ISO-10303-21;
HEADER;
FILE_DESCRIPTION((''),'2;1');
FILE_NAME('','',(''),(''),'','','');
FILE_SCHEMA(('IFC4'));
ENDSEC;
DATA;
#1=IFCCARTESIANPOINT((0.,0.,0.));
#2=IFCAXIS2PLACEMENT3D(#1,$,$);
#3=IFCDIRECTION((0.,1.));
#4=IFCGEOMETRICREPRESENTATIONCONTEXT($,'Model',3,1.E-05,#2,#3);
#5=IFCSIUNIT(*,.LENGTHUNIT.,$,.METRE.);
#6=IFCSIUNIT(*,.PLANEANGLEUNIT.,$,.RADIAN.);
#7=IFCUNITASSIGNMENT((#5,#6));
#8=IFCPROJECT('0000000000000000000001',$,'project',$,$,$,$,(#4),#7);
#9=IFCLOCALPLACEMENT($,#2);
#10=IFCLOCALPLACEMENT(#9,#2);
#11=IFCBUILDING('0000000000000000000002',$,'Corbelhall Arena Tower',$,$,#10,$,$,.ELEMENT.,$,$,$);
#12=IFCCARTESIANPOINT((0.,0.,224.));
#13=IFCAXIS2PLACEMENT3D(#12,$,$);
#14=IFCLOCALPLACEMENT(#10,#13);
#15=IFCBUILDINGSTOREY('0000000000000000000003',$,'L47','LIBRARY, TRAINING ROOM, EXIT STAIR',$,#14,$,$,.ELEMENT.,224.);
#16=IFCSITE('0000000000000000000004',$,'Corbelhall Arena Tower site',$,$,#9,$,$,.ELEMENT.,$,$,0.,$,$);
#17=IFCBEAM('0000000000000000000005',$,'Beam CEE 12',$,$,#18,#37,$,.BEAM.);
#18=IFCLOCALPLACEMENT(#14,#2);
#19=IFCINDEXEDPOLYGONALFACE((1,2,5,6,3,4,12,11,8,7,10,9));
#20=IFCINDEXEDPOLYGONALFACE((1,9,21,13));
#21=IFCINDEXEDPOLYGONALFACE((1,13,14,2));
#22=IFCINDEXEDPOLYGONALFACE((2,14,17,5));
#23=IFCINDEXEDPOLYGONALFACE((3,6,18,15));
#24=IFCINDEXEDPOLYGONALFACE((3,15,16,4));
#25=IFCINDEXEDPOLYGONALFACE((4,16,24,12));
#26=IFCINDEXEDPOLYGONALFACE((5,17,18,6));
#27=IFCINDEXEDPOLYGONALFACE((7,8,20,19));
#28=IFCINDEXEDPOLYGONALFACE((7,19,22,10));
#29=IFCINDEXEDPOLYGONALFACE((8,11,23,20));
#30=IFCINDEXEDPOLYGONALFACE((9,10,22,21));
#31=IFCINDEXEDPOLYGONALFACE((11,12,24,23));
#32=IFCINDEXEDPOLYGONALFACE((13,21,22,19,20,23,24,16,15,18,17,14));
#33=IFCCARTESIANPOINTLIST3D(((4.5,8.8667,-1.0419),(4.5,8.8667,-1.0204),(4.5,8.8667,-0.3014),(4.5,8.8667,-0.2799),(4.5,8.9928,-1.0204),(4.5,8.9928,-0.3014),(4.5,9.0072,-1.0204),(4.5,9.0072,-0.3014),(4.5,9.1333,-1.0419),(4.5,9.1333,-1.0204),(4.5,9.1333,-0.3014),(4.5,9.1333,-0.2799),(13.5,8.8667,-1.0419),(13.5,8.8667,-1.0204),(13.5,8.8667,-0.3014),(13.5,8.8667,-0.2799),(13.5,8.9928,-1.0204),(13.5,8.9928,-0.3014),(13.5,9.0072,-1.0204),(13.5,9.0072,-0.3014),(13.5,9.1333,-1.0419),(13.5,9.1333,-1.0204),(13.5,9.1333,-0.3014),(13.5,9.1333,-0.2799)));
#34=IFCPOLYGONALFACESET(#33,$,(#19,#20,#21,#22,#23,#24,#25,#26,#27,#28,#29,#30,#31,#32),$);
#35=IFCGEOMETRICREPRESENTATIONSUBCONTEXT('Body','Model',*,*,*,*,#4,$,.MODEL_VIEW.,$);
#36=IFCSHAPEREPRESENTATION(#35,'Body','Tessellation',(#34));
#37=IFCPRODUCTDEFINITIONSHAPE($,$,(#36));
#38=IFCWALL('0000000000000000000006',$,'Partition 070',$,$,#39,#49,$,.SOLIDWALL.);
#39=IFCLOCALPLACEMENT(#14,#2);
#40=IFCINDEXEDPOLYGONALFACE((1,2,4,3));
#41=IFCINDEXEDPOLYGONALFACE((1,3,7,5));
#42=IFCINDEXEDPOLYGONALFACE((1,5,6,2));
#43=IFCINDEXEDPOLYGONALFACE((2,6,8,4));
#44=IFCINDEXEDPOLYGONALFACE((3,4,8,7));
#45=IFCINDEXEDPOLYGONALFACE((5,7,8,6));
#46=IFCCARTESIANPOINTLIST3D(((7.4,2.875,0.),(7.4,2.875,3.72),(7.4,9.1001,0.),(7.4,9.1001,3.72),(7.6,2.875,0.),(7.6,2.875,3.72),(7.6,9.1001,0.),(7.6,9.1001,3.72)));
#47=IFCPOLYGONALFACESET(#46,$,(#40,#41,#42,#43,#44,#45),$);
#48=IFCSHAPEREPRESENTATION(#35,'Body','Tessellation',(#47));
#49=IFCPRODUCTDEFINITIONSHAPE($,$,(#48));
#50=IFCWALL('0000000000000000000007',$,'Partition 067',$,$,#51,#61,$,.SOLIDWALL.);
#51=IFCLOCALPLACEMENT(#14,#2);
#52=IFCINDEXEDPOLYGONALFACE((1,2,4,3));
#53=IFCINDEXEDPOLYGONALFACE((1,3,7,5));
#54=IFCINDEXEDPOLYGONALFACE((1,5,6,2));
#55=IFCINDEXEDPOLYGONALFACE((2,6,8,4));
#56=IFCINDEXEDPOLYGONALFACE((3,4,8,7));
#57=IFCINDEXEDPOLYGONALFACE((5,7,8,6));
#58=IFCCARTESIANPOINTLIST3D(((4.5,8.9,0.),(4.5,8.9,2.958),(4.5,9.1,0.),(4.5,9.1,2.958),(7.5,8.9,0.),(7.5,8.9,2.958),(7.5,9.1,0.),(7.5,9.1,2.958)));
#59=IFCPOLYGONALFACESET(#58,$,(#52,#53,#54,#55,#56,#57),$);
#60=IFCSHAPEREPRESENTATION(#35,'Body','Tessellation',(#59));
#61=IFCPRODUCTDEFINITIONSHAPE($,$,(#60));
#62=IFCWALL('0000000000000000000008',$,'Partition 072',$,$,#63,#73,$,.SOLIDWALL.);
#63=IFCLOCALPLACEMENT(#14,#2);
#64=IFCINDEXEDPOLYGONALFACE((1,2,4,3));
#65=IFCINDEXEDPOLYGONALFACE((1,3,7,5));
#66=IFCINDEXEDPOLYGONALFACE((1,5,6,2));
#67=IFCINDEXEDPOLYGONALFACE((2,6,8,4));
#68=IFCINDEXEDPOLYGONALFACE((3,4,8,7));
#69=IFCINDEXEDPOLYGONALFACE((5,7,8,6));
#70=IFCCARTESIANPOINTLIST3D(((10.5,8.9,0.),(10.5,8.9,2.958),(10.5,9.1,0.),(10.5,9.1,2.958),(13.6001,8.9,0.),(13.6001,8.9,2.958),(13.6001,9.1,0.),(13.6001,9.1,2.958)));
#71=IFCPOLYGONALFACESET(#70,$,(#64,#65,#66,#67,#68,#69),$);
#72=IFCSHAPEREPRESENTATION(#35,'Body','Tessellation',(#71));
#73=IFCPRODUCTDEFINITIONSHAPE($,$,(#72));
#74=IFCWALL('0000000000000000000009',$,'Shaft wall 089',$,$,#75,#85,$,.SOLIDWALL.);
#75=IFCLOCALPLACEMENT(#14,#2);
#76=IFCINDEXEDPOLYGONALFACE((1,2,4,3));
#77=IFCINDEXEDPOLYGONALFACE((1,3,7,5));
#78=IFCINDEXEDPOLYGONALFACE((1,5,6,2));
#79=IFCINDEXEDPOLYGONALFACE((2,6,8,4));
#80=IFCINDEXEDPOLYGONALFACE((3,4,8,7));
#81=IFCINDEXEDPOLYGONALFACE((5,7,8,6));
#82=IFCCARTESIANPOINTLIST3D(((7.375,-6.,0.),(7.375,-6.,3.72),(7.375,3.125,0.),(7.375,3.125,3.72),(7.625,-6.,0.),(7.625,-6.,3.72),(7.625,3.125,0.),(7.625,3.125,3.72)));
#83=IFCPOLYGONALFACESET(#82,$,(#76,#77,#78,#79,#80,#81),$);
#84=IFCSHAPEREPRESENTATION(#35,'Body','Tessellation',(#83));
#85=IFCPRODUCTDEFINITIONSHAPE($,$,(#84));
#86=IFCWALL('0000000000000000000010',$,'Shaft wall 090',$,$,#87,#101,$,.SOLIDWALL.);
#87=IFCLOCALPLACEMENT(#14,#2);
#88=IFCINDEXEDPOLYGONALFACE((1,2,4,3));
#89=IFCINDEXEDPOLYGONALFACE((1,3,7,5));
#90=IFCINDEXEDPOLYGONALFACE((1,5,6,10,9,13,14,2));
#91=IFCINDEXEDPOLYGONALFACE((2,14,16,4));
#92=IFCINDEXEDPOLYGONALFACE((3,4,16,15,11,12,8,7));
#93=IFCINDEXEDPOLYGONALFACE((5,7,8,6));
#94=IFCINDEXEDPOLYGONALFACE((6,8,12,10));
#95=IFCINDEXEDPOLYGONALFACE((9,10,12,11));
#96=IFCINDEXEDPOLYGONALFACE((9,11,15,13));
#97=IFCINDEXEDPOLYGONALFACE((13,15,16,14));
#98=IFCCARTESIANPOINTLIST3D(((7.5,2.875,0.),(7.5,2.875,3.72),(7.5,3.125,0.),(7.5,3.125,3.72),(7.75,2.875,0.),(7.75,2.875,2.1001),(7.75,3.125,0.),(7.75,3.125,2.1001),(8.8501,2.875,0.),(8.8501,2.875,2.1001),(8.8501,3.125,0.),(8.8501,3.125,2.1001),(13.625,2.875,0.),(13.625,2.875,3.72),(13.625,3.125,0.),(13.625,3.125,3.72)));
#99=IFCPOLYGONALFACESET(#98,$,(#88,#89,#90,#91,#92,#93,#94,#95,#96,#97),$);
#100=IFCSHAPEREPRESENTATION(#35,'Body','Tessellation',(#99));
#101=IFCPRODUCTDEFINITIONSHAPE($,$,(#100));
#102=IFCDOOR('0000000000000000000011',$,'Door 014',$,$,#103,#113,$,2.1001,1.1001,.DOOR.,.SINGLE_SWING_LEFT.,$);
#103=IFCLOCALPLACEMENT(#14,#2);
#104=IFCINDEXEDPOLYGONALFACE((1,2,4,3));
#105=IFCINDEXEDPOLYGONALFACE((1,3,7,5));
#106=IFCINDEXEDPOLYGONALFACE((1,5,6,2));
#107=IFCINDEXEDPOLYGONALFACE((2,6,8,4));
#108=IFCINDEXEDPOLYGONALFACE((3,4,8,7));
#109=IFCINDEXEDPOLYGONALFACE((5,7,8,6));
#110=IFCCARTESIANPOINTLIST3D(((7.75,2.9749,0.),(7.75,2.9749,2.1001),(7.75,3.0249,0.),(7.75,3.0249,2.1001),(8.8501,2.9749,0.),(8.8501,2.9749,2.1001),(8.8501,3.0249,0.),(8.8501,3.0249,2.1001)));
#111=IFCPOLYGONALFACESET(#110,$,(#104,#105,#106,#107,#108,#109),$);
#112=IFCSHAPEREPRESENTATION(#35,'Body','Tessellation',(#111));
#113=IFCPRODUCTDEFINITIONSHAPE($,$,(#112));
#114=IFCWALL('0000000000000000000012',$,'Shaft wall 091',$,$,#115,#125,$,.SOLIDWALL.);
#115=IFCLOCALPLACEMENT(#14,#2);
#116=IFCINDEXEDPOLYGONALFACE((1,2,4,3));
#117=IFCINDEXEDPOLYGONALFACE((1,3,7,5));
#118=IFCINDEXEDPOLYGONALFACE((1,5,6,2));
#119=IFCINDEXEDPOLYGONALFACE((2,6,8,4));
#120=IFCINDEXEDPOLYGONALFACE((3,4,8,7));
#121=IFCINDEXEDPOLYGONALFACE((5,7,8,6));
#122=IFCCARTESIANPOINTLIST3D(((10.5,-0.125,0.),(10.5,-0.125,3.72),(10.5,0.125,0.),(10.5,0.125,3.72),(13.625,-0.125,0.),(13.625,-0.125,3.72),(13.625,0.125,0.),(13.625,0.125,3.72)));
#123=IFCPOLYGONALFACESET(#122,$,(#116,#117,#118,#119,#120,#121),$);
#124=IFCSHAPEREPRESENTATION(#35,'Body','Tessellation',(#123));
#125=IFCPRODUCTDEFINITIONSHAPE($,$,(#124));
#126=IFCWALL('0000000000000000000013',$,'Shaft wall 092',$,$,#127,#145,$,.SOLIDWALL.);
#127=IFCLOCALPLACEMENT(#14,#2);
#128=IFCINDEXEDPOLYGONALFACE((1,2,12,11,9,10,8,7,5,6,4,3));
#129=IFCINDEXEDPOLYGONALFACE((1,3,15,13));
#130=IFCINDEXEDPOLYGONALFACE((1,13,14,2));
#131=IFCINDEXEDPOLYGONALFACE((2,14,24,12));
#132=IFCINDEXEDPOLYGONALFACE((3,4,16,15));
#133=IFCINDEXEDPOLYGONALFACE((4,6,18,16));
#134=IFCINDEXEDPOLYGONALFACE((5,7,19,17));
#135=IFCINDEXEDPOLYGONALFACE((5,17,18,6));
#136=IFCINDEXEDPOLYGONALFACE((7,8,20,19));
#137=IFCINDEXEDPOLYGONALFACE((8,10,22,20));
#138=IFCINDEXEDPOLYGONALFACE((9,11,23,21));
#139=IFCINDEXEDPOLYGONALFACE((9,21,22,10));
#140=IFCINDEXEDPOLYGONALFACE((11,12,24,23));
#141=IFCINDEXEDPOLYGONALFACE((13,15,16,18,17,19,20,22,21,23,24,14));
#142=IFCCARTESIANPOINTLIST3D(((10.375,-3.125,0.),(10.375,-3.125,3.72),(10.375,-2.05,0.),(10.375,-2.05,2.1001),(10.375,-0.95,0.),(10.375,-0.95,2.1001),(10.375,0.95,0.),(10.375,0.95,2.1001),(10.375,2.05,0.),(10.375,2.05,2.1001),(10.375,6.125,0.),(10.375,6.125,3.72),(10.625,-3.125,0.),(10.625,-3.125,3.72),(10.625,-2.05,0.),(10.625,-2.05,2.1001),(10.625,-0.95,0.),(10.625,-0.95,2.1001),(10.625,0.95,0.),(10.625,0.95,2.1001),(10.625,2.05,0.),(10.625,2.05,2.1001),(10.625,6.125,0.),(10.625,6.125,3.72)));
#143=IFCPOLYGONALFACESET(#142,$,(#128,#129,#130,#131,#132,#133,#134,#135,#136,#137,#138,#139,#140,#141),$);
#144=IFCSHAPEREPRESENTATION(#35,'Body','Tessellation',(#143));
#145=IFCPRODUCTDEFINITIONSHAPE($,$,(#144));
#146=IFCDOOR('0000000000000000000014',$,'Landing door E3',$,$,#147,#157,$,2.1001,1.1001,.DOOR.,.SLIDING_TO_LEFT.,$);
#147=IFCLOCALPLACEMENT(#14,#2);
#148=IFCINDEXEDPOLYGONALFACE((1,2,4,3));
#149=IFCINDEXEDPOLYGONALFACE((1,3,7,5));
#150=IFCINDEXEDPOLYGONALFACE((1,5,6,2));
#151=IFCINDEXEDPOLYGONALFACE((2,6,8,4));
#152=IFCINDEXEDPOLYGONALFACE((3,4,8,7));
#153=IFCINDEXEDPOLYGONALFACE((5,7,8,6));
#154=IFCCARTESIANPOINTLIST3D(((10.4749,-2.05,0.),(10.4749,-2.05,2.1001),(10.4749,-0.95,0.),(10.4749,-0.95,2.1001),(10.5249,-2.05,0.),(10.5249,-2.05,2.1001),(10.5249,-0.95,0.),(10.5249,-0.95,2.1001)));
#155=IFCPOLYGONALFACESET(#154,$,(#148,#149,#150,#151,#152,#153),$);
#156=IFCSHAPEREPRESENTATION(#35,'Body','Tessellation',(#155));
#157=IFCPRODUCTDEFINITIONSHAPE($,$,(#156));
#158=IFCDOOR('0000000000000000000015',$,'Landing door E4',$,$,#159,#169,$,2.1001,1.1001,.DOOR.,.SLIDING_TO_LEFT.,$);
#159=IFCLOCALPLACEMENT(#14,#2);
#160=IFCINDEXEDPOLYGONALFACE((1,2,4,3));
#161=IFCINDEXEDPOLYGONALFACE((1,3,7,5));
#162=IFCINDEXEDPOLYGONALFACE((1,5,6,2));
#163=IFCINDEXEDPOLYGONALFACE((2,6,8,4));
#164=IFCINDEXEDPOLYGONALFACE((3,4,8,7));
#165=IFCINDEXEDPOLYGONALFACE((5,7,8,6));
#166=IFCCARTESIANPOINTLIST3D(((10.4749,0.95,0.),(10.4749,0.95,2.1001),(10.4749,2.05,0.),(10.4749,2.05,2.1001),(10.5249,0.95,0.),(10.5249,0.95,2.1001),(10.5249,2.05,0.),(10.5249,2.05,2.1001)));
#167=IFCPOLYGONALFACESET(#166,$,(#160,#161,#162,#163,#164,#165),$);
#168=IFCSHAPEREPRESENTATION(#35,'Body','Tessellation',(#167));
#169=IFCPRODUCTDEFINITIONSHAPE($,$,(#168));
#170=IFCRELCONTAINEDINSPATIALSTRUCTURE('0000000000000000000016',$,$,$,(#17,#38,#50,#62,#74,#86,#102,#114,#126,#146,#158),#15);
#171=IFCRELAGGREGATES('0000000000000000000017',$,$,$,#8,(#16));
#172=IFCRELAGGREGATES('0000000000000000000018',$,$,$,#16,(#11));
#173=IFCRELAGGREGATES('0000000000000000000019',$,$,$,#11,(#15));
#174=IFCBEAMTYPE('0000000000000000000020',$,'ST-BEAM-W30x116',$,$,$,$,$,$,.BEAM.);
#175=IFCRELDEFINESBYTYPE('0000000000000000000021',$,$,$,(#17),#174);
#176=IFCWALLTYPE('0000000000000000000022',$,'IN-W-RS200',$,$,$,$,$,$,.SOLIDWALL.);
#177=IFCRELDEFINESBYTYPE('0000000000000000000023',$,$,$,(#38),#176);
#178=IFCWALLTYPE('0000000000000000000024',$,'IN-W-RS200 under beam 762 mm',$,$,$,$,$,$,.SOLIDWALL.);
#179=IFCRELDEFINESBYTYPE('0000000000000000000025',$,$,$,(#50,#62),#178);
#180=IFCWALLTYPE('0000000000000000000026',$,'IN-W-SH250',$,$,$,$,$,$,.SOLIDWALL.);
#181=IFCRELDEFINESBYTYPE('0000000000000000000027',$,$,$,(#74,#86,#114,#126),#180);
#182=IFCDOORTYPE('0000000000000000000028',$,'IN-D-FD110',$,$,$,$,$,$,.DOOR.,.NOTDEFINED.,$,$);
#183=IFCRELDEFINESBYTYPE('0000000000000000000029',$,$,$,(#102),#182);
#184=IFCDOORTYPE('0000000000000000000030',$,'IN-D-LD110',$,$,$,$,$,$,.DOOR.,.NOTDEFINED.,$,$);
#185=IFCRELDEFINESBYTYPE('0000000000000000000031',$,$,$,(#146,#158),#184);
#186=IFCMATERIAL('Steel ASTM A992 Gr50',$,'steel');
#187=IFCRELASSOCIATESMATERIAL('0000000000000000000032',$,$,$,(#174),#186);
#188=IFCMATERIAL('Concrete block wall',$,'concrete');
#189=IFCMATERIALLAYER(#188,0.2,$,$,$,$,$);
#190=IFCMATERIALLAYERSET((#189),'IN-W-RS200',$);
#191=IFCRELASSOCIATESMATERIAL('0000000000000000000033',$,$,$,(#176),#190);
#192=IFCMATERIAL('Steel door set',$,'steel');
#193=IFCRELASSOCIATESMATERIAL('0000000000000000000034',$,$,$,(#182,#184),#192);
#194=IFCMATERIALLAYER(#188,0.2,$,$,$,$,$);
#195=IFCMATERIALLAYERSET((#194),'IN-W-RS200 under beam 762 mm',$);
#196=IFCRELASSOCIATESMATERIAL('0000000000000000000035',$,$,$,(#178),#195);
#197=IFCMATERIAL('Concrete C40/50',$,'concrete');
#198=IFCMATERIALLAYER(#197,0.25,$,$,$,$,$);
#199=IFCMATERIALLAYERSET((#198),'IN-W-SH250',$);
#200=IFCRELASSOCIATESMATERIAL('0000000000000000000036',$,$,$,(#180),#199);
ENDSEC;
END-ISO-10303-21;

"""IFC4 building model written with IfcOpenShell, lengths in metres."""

from ifc_helpers import new_model, si_unit, direction, frame, frame_2d, origin, origin_2d, place, context, subcontext, project, spatial, rectangle, i_section, extrude, material, layer, layer_set, material_profile, profile_set, type_object, element, fill, save


model = new_model("IFC4")

# Units and contexts
model_context = context("Model", 3, precision=1e-05, world=origin(), true_north=direction((0.0, 1.0)))
body_context = subcontext(model_context, "Body", "Model", "MODEL_VIEW")
ifc_project = project(units=[si_unit("LENGTHUNIT", "METRE"), si_unit("PLANEANGLEUNIT", "RADIAN")], contexts=[model_context])

# Site, building, storey
site_placement = place(None, origin())
site = spatial("IfcSite", under=ifc_project, at=site_placement, Name="Corbelhall Arena Tower site", CompositionType="ELEMENT", RefElevation=0.0)
building_placement = place(site_placement, origin())
building = spatial("IfcBuilding", under=site, at=building_placement, Name="Corbelhall Arena Tower", CompositionType="ELEMENT")
storey_placement = place(building_placement, frame((0.0, 0.0, 224.0)))
storey = spatial("IfcBuildingStorey", under=building, at=storey_placement, Name="L47", Description="LIBRARY, TRAINING ROOM, EXIT STAIR", CompositionType="ELEMENT", Elevation=224.0)

# Beam
ifc_material_1 = material(Name="Steel ASTM A992 Gr50", Category="steel")
ifc_material_profile = material_profile(ifc_material_1, i_section(OverallWidth=0.2666, OverallDepth=0.762, WebThickness=0.0144, FlangeThickness=0.0215, at=origin_2d()))
ifc_profile_set = profile_set([ifc_material_profile], Name="Steel ASTM A992 Gr50")
beam_type = type_object("IfcBeamType", Name="ST-BEAM-W30x116", PredefinedType="BEAM", material=ifc_profile_set)
beam_placement = place(storey_placement, frame((4.5, 9.0, -0.6609), z_axis=(1.0, 0.0, 0.0), x_axis=(0.0, 1.0, 0.0)))
element("IfcBeam", 1, at=beam_placement, inside=storey, type_object=beam_type, Name="Beam CEE 12", PredefinedType="BEAM", context=body_context, shape_type="SweptSolid", body=[
    extrude(i_section(OverallWidth=0.2666, OverallDepth=0.762, WebThickness=0.0144, FlangeThickness=0.0215, at=origin_2d()), origin(), (0.0, 0.0, 1.0), 9.0),
])

# Wall
ifc_material_2 = material(Name="Concrete block wall", Category="concrete")
ifc_layer_1 = layer(ifc_material_2, 0.2)
ifc_layer_set_1 = layer_set([ifc_layer_1], Name="IN-W-RS200")
wall_type_1 = type_object("IfcWallType", Name="IN-W-RS200", PredefinedType="SOLIDWALL", material=ifc_layer_set_1)
wall_1_placement = place(storey_placement, frame((7.5, 9.1001, 0.0), z_axis=(0.0, 0.0, 1.0), x_axis=(0.0, -1.0, 0.0)))
element("IfcWall", 2, at=wall_1_placement, inside=storey, type_object=wall_type_1, Name="Partition 070", PredefinedType="SOLIDWALL", context=body_context, shape_type="SweptSolid", body=[
    extrude(rectangle(XDim=6.2251, YDim=0.2, at=frame_2d((3.1125, 0.0))), origin(), (0.0, 0.0, 1.0), 3.72),
])

# Shared definitions
ifc_material_3 = material(Name="Steel door set", Category="steel")
door_type_1 = type_object("IfcDoorType", Name="IN-D-FD110", OperationType="NOTDEFINED", PredefinedType="DOOR", material=ifc_material_3)

# Walls
ifc_layer_2 = layer(ifc_material_2, 0.2)
ifc_layer_set_2 = layer_set([ifc_layer_2], Name="IN-W-RS200 under beam 762 mm")
wall_type_2 = type_object("IfcWallType", Name="IN-W-RS200 under beam 762 mm", PredefinedType="SOLIDWALL", material=ifc_layer_set_2)
wall_2_placement = place(storey_placement, frame((4.5, 9.0, 0.0), z_axis=(0.0, 0.0, 1.0), x_axis=(1.0, 0.0, 0.0)))
element("IfcWall", 3, at=wall_2_placement, inside=storey, type_object=wall_type_2, Name="Partition 067", PredefinedType="SOLIDWALL", context=body_context, shape_type="SweptSolid", body=[
    extrude(rectangle(XDim=3.0, YDim=0.2, at=frame_2d((1.5, 0.0))), origin(), (0.0, 0.0, 1.0), 2.958),
])
wall_3_placement = place(storey_placement, frame((10.5, 9.0, 0.0), z_axis=(0.0, 0.0, 1.0), x_axis=(1.0, 0.0, 0.0)))
element("IfcWall", 4, at=wall_3_placement, inside=storey, type_object=wall_type_2, Name="Partition 072", PredefinedType="SOLIDWALL", context=body_context, shape_type="SweptSolid", body=[
    extrude(rectangle(XDim=3.1001, YDim=0.2, at=frame_2d((1.55, 0.0))), origin(), (0.0, 0.0, 1.0), 2.958),
])
ifc_material_4 = material(Name="Concrete C40/50", Category="concrete")
ifc_layer_3 = layer(ifc_material_4, 0.25)
ifc_layer_set_3 = layer_set([ifc_layer_3], Name="IN-W-SH250")
wall_type_3 = type_object("IfcWallType", Name="IN-W-SH250", PredefinedType="SOLIDWALL", material=ifc_layer_set_3)
wall_4_placement = place(storey_placement, frame((7.5, 3.125, 0.0), z_axis=(0.0, 0.0, 1.0), x_axis=(0.0, -1.0, 0.0)))
element("IfcWall", 5, at=wall_4_placement, inside=storey, type_object=wall_type_3, Name="Shaft wall 089", PredefinedType="SOLIDWALL", context=body_context, shape_type="SweptSolid", body=[
    extrude(rectangle(XDim=9.125, YDim=0.25, at=frame_2d((4.5625, 0.0))), origin(), (0.0, 0.0, 1.0), 3.72),
])

# Wall, opening, door
wall_5_placement = place(storey_placement, frame((7.5, 3.0, 0.0), z_axis=(0.0, 0.0, 1.0), x_axis=(1.0, 0.0, 0.0)))
wall_5 = element("IfcWall", 6, at=wall_5_placement, inside=storey, type_object=wall_type_3, Name="Shaft wall 090", PredefinedType="SOLIDWALL", context=body_context, shape_type="SweptSolid", body=[
    extrude(rectangle(XDim=6.125, YDim=0.25, at=frame_2d((3.0625, 0.0))), origin(), (0.0, 0.0, 1.0), 3.72),
])
opening_1_placement = place(wall_5_placement, frame((0.25, 0.0, 0.0)))
opening_1 = element("IfcOpeningElement", 7, at=opening_1_placement, cuts=wall_5, PredefinedType="OPENING", context=body_context, shape_type="SweptSolid", body=[
    extrude(rectangle(XDim=1.1001, YDim=2.1001, at=frame_2d((0.55, 1.05))), frame((0.0, 0.125, 0.0), z_axis=(0.0, -1.0, 0.0), x_axis=(1.0, 0.0, 0.0)), (0.0, 0.0, 1.0), 0.25),
])
door_1_placement = place(opening_1_placement, origin())
door_1 = element("IfcDoor", 8, at=door_1_placement, inside=storey, type_object=door_type_1, Name="Door 014", OperationType="SINGLE_SWING_LEFT", OverallHeight=2.1001, OverallWidth=1.1001, PredefinedType="DOOR", context=body_context, shape_type="SweptSolid", body=[
    extrude(rectangle(XDim=1.1001, YDim=2.1001, at=frame_2d((0.55, 1.05))), frame((0.0, 0.0249, 0.0), z_axis=(0.0, -1.0, 0.0), x_axis=(1.0, 0.0, 0.0)), (0.0, 0.0, 1.0), 0.05),
])
fill(opening_1, door_1)

# Wall
wall_6_placement = place(storey_placement, frame((10.5, 0.0, 0.0), z_axis=(0.0, 0.0, 1.0), x_axis=(1.0, 0.0, 0.0)))
element("IfcWall", 9, at=wall_6_placement, inside=storey, type_object=wall_type_3, Name="Shaft wall 091", PredefinedType="SOLIDWALL", context=body_context, shape_type="SweptSolid", body=[
    extrude(rectangle(XDim=3.125, YDim=0.25, at=frame_2d((1.5625, 0.0))), origin(), (0.0, 0.0, 1.0), 3.72),
])

# Wall, openings, doors
wall_7_placement = place(storey_placement, frame((10.5, 6.125, 0.0), z_axis=(0.0, 0.0, 1.0), x_axis=(0.0, -1.0, 0.0)))
wall_7 = element("IfcWall", 10, at=wall_7_placement, inside=storey, type_object=wall_type_3, Name="Shaft wall 092", PredefinedType="SOLIDWALL", context=body_context, shape_type="SweptSolid", body=[
    extrude(rectangle(XDim=9.25, YDim=0.25, at=frame_2d((4.625, 0.0))), origin(), (0.0, 0.0, 1.0), 3.72),
])
opening_2_placement = place(wall_7_placement, frame((7.075, 0.0, 0.0)))
opening_2 = element("IfcOpeningElement", 11, at=opening_2_placement, cuts=wall_7, PredefinedType="OPENING", context=body_context, shape_type="SweptSolid", body=[
    extrude(rectangle(XDim=1.1001, YDim=2.1001, at=frame_2d((0.55, 1.05))), frame((0.0, 0.125, 0.0), z_axis=(0.0, -1.0, 0.0), x_axis=(1.0, 0.0, 0.0)), (0.0, 0.0, 1.0), 0.25),
])
opening_3_placement = place(wall_7_placement, frame((4.075, 0.0, 0.0)))
opening_3 = element("IfcOpeningElement", 12, at=opening_3_placement, cuts=wall_7, PredefinedType="OPENING", context=body_context, shape_type="SweptSolid", body=[
    extrude(rectangle(XDim=1.1001, YDim=2.1001, at=frame_2d((0.55, 1.05))), frame((0.0, 0.125, 0.0), z_axis=(0.0, -1.0, 0.0), x_axis=(1.0, 0.0, 0.0)), (0.0, 0.0, 1.0), 0.25),
])
door_type_2 = type_object("IfcDoorType", Name="IN-D-LD110", OperationType="NOTDEFINED", PredefinedType="DOOR", material=ifc_material_3)
door_2_placement = place(opening_2_placement, origin())
door_2 = element("IfcDoor", 13, at=door_2_placement, inside=storey, type_object=door_type_2, Name="Landing door E3", OperationType="SLIDING_TO_LEFT", OverallHeight=2.1001, OverallWidth=1.1001, PredefinedType="DOOR", context=body_context, shape_type="SweptSolid", body=[
    extrude(rectangle(XDim=1.1001, YDim=2.1001, at=frame_2d((0.55, 1.05))), frame((0.0, 0.0249, 0.0), z_axis=(0.0, -1.0, 0.0), x_axis=(1.0, 0.0, 0.0)), (0.0, 0.0, 1.0), 0.05),
])
fill(opening_2, door_2)
door_3_placement = place(opening_3_placement, origin())
door_3 = element("IfcDoor", 14, at=door_3_placement, inside=storey, type_object=door_type_2, Name="Landing door E4", OperationType="SLIDING_TO_LEFT", OverallHeight=2.1001, OverallWidth=1.1001, PredefinedType="DOOR", context=body_context, shape_type="SweptSolid", body=[
    extrude(rectangle(XDim=1.1001, YDim=2.1001, at=frame_2d((0.55, 1.05))), frame((0.0, 0.0249, 0.0), z_axis=(0.0, -1.0, 0.0), x_axis=(1.0, 0.0, 0.0)), (0.0, 0.0, 1.0), 0.05),
])
fill(opening_3, door_3)

save(model, "model.ifc")
